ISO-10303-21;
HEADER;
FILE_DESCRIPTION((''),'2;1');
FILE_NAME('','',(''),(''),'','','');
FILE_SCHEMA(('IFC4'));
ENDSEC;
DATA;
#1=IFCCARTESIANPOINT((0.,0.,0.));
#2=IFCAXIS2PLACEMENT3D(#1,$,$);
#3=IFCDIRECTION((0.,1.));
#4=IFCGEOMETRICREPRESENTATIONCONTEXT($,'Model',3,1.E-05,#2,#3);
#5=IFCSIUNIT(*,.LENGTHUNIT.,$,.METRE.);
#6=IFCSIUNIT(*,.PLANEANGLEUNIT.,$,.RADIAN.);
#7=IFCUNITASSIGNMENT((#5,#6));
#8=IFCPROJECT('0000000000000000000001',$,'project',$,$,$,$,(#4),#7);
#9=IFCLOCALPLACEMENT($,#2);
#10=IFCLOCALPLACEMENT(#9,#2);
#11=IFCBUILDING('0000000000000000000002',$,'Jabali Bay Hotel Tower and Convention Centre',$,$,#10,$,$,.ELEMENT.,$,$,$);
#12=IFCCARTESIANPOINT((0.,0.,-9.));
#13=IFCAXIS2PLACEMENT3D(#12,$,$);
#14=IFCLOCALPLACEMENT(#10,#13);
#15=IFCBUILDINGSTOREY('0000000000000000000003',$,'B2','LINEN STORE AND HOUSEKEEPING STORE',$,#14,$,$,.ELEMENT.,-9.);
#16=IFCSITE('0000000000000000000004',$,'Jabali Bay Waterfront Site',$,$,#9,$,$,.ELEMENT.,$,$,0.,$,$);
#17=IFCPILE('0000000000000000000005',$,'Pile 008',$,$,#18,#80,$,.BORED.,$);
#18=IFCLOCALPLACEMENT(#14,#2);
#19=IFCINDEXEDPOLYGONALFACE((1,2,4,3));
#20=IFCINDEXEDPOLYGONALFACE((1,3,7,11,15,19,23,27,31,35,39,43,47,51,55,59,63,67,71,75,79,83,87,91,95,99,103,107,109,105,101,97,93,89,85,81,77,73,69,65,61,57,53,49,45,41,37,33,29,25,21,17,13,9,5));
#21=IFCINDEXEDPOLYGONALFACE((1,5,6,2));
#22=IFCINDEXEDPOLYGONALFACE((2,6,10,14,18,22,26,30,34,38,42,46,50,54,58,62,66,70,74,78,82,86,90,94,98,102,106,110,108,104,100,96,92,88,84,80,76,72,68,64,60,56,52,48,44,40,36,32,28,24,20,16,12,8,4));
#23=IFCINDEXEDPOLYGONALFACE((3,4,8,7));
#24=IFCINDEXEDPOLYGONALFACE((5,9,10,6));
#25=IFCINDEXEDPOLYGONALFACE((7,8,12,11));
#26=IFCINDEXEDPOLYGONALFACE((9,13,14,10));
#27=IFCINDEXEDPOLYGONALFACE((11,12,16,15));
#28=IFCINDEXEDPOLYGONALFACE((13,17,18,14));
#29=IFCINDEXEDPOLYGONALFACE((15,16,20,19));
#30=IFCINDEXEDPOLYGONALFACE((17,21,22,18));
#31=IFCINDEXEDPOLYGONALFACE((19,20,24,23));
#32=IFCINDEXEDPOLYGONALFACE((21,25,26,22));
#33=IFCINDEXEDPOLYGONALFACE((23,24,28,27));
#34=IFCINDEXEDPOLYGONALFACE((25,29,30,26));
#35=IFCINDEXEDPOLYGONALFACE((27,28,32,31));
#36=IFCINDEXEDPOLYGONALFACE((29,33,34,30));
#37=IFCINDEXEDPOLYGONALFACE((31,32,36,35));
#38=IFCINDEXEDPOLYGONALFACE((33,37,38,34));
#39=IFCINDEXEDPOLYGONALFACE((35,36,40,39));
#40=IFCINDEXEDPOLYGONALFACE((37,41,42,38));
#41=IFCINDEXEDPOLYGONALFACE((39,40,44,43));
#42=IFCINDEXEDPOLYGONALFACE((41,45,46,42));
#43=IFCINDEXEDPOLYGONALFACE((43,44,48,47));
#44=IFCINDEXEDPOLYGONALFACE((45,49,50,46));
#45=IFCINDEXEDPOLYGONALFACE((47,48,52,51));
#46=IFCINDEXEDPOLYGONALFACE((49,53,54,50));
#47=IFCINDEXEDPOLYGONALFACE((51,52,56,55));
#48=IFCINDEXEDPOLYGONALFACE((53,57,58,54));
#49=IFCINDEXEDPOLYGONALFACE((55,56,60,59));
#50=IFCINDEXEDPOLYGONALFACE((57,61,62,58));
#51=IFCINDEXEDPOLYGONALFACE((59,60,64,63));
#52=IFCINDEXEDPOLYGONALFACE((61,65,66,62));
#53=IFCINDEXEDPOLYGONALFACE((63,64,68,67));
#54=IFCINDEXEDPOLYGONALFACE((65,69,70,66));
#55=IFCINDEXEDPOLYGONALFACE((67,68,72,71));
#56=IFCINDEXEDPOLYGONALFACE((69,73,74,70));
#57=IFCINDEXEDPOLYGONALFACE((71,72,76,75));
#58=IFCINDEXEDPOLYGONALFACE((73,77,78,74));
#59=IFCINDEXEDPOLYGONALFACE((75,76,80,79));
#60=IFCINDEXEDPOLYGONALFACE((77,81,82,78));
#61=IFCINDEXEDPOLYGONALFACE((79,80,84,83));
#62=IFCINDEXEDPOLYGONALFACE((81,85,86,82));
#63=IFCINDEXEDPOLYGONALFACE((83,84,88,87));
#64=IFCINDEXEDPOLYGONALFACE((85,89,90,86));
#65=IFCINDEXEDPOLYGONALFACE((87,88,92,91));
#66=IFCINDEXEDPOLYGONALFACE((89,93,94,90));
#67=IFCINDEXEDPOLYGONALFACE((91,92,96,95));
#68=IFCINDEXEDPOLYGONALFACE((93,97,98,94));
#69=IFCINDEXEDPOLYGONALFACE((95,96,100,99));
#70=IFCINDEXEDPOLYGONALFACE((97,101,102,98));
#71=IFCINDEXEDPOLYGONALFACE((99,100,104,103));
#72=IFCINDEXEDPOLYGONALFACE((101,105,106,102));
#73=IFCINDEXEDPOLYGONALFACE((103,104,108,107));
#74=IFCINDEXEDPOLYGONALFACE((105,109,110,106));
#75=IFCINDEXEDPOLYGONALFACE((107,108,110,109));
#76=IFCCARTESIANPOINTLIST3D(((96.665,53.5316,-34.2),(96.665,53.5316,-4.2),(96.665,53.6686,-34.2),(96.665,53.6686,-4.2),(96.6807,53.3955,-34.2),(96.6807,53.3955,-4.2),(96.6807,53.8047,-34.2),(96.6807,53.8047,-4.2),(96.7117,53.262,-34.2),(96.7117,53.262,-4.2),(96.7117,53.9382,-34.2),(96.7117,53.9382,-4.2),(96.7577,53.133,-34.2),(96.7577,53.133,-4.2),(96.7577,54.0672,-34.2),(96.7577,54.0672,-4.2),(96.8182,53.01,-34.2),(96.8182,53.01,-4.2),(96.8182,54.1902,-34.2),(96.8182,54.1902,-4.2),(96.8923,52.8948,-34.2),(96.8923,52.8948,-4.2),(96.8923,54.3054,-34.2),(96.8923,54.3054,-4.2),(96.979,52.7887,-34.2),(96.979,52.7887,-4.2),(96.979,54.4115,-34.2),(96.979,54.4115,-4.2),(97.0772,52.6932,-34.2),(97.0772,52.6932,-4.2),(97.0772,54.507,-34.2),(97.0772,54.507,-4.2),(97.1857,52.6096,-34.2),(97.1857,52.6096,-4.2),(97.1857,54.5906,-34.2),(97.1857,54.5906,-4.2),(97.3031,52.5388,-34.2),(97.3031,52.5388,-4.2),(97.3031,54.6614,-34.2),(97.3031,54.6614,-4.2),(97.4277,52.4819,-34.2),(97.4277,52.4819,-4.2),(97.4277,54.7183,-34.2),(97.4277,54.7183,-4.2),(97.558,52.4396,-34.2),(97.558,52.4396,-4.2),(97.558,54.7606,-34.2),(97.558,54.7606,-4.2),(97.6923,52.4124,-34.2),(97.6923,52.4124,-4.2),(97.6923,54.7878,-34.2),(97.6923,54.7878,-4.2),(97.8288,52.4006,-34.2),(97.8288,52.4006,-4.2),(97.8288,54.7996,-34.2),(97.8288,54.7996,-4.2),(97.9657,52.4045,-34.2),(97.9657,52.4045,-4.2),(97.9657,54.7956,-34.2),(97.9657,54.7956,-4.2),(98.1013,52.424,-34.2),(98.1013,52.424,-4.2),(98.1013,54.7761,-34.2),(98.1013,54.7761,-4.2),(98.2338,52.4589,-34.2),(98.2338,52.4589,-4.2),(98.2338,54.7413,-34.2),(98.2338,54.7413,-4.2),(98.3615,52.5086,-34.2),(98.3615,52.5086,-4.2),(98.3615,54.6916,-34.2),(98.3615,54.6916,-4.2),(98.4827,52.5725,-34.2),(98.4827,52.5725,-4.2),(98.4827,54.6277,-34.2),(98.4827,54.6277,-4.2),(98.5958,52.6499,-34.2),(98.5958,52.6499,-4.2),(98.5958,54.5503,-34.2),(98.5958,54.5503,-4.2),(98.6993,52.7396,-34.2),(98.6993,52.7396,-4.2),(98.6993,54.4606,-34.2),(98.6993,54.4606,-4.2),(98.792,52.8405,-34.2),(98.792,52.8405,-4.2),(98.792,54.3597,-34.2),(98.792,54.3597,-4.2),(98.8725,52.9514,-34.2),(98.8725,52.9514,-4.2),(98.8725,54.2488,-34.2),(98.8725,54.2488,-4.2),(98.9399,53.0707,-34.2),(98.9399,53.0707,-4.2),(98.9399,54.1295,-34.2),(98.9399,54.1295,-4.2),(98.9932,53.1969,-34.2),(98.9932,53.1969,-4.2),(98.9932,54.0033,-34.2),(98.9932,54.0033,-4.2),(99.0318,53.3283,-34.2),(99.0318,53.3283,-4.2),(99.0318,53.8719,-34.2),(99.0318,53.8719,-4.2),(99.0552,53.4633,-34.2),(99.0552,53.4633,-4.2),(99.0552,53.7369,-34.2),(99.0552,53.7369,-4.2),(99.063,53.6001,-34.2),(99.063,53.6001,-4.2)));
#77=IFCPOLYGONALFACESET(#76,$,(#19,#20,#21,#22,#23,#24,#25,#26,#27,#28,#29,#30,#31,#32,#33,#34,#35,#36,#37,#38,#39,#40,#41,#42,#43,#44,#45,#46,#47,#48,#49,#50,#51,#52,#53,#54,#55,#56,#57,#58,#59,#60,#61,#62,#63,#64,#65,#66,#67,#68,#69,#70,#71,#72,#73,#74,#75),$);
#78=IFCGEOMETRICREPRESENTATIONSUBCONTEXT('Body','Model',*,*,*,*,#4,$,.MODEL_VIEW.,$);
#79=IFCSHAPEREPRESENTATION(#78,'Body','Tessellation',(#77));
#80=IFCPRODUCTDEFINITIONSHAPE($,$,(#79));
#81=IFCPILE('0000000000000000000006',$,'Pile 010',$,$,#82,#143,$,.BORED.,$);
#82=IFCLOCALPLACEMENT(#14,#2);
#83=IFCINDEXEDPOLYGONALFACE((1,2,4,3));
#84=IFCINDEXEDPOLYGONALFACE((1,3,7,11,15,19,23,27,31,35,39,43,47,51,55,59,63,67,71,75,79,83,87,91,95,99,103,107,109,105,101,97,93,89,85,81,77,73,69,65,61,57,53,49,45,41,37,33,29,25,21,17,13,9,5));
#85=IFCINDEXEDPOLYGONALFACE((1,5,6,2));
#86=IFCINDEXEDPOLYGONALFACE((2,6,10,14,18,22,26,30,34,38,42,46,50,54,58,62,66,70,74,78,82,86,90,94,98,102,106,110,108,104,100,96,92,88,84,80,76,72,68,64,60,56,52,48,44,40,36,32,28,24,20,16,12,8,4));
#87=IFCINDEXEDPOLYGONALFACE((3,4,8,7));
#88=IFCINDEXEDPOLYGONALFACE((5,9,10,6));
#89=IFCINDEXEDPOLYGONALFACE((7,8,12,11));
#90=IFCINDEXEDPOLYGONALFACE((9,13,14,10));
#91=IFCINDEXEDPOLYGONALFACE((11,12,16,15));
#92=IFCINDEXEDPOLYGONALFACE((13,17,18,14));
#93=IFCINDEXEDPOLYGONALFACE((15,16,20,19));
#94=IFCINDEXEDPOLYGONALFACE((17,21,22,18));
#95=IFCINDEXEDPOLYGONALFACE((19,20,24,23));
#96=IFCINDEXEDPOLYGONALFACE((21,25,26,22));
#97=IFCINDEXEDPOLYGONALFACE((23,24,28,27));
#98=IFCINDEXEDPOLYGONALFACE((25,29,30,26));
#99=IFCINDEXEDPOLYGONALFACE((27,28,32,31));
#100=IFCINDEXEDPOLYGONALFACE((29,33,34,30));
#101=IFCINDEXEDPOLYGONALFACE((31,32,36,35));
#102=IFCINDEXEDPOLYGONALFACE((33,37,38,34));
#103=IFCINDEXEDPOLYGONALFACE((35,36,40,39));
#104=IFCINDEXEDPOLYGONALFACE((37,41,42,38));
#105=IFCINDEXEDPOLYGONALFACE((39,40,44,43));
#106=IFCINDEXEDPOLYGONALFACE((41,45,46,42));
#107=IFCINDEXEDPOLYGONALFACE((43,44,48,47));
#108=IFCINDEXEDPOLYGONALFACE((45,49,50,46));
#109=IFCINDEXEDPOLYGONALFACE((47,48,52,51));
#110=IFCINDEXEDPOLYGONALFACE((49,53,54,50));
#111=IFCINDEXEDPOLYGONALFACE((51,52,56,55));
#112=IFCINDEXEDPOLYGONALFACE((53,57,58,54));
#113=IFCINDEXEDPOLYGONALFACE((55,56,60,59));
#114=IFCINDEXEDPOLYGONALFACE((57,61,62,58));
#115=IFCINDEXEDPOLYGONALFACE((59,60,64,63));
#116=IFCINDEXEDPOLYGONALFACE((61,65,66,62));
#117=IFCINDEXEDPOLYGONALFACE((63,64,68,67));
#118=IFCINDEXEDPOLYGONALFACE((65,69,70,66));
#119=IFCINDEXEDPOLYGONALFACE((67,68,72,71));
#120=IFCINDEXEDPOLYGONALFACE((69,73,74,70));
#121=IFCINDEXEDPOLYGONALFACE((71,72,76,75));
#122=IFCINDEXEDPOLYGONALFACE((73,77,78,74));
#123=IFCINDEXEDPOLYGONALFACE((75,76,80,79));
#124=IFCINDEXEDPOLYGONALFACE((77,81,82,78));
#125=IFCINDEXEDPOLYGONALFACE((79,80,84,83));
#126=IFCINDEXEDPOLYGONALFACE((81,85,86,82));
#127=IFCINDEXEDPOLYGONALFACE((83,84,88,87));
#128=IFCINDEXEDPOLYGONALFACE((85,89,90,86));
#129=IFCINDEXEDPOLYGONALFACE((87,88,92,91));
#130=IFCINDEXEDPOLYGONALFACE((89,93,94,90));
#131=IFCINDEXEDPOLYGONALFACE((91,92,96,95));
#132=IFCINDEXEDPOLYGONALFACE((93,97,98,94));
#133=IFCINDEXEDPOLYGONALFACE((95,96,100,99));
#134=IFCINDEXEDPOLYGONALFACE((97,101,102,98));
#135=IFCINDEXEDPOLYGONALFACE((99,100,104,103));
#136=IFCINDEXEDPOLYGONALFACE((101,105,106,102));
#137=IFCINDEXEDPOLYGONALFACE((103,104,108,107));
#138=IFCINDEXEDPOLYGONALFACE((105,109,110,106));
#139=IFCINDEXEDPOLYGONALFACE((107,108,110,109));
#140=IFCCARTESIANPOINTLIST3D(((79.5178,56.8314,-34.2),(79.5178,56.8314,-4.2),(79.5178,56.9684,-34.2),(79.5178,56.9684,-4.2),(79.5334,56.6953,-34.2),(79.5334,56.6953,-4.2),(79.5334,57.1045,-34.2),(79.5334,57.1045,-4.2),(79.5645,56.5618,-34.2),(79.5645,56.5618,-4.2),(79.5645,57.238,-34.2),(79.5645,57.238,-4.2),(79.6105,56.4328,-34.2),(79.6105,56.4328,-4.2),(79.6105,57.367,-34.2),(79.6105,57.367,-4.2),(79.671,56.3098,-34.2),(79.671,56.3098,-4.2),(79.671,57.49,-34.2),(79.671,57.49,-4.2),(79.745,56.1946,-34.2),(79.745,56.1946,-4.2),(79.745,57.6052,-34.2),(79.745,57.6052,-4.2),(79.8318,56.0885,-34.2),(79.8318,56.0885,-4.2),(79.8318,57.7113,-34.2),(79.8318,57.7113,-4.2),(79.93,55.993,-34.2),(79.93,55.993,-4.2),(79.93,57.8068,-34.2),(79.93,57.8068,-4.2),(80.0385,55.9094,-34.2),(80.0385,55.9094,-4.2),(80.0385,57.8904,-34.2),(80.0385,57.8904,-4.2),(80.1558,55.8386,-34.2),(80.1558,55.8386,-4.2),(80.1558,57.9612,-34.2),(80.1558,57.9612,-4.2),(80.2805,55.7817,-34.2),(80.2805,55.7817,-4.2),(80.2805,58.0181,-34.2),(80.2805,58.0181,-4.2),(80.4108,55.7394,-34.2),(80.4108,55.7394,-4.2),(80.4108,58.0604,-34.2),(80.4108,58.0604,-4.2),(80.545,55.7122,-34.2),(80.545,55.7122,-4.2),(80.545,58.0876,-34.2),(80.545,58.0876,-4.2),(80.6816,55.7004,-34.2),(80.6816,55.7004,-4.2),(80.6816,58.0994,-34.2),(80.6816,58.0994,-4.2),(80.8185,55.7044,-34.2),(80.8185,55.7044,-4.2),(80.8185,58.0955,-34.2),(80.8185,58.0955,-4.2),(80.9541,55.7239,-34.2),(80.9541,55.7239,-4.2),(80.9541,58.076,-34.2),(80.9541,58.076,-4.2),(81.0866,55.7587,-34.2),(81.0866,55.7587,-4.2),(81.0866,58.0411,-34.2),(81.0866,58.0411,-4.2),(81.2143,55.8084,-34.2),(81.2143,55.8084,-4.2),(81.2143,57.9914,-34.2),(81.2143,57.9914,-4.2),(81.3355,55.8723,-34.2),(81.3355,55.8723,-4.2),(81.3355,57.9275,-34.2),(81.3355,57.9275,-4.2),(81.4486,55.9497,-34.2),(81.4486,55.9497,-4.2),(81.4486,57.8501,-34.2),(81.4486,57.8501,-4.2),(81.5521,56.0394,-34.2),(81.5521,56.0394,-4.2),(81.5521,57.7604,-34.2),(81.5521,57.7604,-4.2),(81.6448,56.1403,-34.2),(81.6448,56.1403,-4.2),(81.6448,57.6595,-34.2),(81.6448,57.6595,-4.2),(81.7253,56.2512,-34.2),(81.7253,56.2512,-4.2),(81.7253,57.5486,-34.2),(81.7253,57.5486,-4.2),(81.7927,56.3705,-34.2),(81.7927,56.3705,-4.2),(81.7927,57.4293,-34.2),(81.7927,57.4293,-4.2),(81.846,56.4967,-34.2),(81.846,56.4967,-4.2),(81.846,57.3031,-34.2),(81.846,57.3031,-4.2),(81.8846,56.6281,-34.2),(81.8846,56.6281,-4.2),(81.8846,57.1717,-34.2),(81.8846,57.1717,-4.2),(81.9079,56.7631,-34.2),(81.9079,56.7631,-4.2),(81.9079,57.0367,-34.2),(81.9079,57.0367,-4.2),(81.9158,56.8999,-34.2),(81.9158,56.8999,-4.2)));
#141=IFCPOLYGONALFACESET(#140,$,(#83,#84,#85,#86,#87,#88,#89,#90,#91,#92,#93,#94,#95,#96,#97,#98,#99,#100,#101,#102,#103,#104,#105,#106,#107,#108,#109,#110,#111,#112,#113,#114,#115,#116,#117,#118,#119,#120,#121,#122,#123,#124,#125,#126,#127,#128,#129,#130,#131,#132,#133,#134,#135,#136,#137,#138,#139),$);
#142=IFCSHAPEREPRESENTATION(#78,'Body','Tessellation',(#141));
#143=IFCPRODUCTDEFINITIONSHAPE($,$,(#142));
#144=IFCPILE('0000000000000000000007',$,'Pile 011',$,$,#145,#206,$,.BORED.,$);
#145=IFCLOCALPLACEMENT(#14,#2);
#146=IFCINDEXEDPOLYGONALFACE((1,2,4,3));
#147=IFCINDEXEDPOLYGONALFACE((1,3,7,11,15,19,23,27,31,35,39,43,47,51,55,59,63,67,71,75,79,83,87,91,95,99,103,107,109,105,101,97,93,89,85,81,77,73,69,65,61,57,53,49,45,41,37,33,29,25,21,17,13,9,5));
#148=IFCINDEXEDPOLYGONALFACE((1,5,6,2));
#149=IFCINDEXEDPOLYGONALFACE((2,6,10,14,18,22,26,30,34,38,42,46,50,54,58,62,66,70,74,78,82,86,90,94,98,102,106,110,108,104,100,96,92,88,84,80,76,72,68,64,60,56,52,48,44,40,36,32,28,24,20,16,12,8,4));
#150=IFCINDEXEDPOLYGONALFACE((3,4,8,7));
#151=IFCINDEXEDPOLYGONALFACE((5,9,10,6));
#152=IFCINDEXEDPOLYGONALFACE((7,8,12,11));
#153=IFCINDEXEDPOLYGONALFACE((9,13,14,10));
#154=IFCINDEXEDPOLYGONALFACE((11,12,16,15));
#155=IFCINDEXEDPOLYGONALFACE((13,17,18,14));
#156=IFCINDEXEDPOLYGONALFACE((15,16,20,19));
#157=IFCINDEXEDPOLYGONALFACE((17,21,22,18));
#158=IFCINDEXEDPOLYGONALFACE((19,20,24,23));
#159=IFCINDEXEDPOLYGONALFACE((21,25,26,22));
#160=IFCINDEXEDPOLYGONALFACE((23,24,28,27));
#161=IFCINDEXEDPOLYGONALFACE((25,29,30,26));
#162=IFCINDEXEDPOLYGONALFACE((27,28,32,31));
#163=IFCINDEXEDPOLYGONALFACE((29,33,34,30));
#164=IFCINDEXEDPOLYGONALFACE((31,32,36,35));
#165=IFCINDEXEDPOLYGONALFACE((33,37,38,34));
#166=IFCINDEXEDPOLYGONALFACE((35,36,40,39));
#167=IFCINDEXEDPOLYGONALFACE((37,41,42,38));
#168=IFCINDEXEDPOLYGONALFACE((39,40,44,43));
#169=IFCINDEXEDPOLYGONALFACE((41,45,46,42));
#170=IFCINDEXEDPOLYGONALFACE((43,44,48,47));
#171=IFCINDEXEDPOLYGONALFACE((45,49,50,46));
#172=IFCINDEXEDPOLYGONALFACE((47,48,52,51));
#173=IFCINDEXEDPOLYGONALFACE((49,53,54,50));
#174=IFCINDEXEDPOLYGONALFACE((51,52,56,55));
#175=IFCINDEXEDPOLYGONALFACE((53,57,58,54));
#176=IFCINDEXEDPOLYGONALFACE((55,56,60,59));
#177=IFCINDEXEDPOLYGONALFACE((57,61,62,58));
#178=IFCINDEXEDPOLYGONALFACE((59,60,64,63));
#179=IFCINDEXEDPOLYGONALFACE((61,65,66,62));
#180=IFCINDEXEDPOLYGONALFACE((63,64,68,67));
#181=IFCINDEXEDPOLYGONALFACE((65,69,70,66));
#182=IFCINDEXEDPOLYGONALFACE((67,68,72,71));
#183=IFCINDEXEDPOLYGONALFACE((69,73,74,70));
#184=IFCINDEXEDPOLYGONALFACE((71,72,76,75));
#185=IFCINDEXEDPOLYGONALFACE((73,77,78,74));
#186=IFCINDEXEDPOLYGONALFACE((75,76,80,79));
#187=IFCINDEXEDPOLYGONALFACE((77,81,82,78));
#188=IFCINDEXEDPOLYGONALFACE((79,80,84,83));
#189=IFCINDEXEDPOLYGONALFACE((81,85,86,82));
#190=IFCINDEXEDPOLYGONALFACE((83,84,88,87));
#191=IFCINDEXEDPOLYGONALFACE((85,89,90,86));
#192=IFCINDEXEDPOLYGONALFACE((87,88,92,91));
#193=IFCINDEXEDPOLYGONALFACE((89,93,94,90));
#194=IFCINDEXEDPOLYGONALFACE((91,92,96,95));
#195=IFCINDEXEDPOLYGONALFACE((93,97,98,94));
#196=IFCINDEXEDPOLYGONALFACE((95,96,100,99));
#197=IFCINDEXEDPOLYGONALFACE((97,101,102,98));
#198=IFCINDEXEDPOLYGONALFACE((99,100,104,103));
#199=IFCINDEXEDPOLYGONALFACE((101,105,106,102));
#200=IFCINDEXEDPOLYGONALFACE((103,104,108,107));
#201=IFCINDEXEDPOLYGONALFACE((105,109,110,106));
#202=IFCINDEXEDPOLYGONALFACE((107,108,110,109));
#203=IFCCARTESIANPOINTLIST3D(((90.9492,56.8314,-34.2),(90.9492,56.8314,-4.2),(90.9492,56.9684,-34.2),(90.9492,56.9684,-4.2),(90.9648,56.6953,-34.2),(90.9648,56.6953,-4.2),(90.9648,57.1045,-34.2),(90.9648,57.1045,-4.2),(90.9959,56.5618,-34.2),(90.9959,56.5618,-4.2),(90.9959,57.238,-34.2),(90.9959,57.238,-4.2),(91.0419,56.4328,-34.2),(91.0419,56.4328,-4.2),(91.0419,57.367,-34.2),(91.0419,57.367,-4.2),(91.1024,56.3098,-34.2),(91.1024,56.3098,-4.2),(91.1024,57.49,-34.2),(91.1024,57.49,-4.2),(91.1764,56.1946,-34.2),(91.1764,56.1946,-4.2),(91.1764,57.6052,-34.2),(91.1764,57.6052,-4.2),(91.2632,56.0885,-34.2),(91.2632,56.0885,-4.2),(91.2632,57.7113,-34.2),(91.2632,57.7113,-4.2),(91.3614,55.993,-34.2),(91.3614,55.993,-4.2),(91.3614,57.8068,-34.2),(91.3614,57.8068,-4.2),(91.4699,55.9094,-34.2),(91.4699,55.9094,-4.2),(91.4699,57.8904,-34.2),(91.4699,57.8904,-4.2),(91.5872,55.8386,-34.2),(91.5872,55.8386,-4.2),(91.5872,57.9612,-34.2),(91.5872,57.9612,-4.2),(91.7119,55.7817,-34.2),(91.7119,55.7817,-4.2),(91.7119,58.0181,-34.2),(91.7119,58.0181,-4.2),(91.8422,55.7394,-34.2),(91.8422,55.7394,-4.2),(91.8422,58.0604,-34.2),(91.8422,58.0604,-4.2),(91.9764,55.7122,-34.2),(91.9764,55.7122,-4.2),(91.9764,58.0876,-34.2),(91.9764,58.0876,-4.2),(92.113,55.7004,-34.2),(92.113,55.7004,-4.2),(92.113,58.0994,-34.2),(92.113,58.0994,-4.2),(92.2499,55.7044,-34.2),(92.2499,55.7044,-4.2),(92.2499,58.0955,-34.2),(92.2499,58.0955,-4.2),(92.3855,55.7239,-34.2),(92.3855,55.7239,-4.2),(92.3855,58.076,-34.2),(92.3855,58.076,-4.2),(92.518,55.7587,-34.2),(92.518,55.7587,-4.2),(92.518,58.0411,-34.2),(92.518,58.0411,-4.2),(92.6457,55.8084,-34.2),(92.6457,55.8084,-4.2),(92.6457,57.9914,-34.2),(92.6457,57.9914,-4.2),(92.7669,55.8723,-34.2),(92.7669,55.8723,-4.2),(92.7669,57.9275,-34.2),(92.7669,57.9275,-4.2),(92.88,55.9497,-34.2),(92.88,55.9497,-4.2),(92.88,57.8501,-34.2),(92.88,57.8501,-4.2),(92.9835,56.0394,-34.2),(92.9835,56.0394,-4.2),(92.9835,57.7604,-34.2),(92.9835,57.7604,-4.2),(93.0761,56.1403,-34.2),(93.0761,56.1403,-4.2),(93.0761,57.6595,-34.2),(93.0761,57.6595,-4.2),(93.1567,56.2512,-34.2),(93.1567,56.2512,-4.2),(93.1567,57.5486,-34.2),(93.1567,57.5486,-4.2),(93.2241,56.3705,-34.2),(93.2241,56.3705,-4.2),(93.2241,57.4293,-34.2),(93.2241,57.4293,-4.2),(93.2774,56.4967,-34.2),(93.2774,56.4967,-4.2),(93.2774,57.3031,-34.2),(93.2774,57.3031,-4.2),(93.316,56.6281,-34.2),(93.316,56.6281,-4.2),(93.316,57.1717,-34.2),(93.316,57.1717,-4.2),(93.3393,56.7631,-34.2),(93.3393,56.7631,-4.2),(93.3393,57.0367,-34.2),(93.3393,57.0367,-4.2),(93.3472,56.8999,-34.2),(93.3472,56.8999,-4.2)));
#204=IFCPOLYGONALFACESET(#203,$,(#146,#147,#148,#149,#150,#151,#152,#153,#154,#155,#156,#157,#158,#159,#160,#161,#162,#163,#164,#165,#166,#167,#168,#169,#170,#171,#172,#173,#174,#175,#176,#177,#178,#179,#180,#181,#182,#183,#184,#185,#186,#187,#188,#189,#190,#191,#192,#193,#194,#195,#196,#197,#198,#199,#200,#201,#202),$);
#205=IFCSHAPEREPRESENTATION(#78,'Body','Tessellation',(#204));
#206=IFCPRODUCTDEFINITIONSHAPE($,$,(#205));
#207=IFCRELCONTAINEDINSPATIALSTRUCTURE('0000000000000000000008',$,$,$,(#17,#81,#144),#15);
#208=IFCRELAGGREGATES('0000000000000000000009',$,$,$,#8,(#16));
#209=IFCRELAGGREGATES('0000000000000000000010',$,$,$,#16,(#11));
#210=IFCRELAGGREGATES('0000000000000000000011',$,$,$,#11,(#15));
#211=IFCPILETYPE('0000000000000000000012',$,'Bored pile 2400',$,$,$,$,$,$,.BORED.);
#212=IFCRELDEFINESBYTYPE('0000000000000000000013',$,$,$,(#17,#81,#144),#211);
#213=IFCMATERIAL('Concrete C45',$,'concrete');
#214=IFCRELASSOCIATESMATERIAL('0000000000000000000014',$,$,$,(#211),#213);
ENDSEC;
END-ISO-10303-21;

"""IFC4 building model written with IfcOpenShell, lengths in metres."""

from ifc_helpers import new_model, si_unit, direction, frame, origin, origin_2d, place, context, subcontext, project, spatial, circle, extrude, material, material_profile, profile_set, type_object, element, save


model = new_model("IFC4")

# Units and contexts
model_context = context("Model", 3, precision=1e-05, world=origin(), true_north=direction((0.0, 1.0)))
body_context = subcontext(model_context, "Body", "Model", "MODEL_VIEW")
ifc_project = project(units=[si_unit("LENGTHUNIT", "METRE"), si_unit("PLANEANGLEUNIT", "RADIAN")], contexts=[model_context])

# Site, building, storey
site_placement = place(None, origin())
site = spatial("IfcSite", under=ifc_project, at=site_placement, Name="Jabali Bay Waterfront Site", CompositionType="ELEMENT", RefElevation=0.0)
building_placement = place(site_placement, origin())
building = spatial("IfcBuilding", under=site, at=building_placement, Name="Jabali Bay Hotel Tower and Convention Centre", CompositionType="ELEMENT")
storey_placement = place(building_placement, frame((0.0, 0.0, -9.0)))
storey = spatial("IfcBuildingStorey", under=building, at=storey_placement, Name="B2", Description="LINEN STORE AND HOUSEKEEPING STORE", CompositionType="ELEMENT", Elevation=-9.0)

# Piles
ifc_material_1 = material(Name="Concrete C45", Category="concrete")
ifc_material_profile_1 = material_profile(ifc_material_1, circle(Radius=1.2, at=origin_2d()), Name="Bored pile 2400")
ifc_profile_set_1 = profile_set([ifc_material_profile_1], Name="Concrete C45")
pile_type = type_object("IfcPileType", Name="Bored pile 2400", PredefinedType="BORED", material=ifc_profile_set_1)
for number, where, z_axis, x_axis, name in (
    (1, (97.863, 53.6001, -4.2), (0.0, 0.0, -1.0), (1.0, 0.0, 0.0), "Pile 008"),
    (2, (80.7158, 56.8999, -4.2), (0.0, 0.0, -1.0), (1.0, 0.0, 0.0), "Pile 010"),
    (3, (92.1472, 56.8999, -4.2), (0.0, 0.0, -1.0), (1.0, 0.0, 0.0), "Pile 011"),
):
    element("IfcPile", number, at=place(storey_placement, frame(where, z_axis=z_axis, x_axis=x_axis)), inside=storey, type_object=pile_type, Name=name, PredefinedType="BORED", context=body_context, shape_type="SweptSolid", body=[
        extrude(circle(Radius=1.2, at=origin_2d()), origin(), (0.0, 0.0, 1.0), 30.0),
    ])

save(model, "model.ifc")
